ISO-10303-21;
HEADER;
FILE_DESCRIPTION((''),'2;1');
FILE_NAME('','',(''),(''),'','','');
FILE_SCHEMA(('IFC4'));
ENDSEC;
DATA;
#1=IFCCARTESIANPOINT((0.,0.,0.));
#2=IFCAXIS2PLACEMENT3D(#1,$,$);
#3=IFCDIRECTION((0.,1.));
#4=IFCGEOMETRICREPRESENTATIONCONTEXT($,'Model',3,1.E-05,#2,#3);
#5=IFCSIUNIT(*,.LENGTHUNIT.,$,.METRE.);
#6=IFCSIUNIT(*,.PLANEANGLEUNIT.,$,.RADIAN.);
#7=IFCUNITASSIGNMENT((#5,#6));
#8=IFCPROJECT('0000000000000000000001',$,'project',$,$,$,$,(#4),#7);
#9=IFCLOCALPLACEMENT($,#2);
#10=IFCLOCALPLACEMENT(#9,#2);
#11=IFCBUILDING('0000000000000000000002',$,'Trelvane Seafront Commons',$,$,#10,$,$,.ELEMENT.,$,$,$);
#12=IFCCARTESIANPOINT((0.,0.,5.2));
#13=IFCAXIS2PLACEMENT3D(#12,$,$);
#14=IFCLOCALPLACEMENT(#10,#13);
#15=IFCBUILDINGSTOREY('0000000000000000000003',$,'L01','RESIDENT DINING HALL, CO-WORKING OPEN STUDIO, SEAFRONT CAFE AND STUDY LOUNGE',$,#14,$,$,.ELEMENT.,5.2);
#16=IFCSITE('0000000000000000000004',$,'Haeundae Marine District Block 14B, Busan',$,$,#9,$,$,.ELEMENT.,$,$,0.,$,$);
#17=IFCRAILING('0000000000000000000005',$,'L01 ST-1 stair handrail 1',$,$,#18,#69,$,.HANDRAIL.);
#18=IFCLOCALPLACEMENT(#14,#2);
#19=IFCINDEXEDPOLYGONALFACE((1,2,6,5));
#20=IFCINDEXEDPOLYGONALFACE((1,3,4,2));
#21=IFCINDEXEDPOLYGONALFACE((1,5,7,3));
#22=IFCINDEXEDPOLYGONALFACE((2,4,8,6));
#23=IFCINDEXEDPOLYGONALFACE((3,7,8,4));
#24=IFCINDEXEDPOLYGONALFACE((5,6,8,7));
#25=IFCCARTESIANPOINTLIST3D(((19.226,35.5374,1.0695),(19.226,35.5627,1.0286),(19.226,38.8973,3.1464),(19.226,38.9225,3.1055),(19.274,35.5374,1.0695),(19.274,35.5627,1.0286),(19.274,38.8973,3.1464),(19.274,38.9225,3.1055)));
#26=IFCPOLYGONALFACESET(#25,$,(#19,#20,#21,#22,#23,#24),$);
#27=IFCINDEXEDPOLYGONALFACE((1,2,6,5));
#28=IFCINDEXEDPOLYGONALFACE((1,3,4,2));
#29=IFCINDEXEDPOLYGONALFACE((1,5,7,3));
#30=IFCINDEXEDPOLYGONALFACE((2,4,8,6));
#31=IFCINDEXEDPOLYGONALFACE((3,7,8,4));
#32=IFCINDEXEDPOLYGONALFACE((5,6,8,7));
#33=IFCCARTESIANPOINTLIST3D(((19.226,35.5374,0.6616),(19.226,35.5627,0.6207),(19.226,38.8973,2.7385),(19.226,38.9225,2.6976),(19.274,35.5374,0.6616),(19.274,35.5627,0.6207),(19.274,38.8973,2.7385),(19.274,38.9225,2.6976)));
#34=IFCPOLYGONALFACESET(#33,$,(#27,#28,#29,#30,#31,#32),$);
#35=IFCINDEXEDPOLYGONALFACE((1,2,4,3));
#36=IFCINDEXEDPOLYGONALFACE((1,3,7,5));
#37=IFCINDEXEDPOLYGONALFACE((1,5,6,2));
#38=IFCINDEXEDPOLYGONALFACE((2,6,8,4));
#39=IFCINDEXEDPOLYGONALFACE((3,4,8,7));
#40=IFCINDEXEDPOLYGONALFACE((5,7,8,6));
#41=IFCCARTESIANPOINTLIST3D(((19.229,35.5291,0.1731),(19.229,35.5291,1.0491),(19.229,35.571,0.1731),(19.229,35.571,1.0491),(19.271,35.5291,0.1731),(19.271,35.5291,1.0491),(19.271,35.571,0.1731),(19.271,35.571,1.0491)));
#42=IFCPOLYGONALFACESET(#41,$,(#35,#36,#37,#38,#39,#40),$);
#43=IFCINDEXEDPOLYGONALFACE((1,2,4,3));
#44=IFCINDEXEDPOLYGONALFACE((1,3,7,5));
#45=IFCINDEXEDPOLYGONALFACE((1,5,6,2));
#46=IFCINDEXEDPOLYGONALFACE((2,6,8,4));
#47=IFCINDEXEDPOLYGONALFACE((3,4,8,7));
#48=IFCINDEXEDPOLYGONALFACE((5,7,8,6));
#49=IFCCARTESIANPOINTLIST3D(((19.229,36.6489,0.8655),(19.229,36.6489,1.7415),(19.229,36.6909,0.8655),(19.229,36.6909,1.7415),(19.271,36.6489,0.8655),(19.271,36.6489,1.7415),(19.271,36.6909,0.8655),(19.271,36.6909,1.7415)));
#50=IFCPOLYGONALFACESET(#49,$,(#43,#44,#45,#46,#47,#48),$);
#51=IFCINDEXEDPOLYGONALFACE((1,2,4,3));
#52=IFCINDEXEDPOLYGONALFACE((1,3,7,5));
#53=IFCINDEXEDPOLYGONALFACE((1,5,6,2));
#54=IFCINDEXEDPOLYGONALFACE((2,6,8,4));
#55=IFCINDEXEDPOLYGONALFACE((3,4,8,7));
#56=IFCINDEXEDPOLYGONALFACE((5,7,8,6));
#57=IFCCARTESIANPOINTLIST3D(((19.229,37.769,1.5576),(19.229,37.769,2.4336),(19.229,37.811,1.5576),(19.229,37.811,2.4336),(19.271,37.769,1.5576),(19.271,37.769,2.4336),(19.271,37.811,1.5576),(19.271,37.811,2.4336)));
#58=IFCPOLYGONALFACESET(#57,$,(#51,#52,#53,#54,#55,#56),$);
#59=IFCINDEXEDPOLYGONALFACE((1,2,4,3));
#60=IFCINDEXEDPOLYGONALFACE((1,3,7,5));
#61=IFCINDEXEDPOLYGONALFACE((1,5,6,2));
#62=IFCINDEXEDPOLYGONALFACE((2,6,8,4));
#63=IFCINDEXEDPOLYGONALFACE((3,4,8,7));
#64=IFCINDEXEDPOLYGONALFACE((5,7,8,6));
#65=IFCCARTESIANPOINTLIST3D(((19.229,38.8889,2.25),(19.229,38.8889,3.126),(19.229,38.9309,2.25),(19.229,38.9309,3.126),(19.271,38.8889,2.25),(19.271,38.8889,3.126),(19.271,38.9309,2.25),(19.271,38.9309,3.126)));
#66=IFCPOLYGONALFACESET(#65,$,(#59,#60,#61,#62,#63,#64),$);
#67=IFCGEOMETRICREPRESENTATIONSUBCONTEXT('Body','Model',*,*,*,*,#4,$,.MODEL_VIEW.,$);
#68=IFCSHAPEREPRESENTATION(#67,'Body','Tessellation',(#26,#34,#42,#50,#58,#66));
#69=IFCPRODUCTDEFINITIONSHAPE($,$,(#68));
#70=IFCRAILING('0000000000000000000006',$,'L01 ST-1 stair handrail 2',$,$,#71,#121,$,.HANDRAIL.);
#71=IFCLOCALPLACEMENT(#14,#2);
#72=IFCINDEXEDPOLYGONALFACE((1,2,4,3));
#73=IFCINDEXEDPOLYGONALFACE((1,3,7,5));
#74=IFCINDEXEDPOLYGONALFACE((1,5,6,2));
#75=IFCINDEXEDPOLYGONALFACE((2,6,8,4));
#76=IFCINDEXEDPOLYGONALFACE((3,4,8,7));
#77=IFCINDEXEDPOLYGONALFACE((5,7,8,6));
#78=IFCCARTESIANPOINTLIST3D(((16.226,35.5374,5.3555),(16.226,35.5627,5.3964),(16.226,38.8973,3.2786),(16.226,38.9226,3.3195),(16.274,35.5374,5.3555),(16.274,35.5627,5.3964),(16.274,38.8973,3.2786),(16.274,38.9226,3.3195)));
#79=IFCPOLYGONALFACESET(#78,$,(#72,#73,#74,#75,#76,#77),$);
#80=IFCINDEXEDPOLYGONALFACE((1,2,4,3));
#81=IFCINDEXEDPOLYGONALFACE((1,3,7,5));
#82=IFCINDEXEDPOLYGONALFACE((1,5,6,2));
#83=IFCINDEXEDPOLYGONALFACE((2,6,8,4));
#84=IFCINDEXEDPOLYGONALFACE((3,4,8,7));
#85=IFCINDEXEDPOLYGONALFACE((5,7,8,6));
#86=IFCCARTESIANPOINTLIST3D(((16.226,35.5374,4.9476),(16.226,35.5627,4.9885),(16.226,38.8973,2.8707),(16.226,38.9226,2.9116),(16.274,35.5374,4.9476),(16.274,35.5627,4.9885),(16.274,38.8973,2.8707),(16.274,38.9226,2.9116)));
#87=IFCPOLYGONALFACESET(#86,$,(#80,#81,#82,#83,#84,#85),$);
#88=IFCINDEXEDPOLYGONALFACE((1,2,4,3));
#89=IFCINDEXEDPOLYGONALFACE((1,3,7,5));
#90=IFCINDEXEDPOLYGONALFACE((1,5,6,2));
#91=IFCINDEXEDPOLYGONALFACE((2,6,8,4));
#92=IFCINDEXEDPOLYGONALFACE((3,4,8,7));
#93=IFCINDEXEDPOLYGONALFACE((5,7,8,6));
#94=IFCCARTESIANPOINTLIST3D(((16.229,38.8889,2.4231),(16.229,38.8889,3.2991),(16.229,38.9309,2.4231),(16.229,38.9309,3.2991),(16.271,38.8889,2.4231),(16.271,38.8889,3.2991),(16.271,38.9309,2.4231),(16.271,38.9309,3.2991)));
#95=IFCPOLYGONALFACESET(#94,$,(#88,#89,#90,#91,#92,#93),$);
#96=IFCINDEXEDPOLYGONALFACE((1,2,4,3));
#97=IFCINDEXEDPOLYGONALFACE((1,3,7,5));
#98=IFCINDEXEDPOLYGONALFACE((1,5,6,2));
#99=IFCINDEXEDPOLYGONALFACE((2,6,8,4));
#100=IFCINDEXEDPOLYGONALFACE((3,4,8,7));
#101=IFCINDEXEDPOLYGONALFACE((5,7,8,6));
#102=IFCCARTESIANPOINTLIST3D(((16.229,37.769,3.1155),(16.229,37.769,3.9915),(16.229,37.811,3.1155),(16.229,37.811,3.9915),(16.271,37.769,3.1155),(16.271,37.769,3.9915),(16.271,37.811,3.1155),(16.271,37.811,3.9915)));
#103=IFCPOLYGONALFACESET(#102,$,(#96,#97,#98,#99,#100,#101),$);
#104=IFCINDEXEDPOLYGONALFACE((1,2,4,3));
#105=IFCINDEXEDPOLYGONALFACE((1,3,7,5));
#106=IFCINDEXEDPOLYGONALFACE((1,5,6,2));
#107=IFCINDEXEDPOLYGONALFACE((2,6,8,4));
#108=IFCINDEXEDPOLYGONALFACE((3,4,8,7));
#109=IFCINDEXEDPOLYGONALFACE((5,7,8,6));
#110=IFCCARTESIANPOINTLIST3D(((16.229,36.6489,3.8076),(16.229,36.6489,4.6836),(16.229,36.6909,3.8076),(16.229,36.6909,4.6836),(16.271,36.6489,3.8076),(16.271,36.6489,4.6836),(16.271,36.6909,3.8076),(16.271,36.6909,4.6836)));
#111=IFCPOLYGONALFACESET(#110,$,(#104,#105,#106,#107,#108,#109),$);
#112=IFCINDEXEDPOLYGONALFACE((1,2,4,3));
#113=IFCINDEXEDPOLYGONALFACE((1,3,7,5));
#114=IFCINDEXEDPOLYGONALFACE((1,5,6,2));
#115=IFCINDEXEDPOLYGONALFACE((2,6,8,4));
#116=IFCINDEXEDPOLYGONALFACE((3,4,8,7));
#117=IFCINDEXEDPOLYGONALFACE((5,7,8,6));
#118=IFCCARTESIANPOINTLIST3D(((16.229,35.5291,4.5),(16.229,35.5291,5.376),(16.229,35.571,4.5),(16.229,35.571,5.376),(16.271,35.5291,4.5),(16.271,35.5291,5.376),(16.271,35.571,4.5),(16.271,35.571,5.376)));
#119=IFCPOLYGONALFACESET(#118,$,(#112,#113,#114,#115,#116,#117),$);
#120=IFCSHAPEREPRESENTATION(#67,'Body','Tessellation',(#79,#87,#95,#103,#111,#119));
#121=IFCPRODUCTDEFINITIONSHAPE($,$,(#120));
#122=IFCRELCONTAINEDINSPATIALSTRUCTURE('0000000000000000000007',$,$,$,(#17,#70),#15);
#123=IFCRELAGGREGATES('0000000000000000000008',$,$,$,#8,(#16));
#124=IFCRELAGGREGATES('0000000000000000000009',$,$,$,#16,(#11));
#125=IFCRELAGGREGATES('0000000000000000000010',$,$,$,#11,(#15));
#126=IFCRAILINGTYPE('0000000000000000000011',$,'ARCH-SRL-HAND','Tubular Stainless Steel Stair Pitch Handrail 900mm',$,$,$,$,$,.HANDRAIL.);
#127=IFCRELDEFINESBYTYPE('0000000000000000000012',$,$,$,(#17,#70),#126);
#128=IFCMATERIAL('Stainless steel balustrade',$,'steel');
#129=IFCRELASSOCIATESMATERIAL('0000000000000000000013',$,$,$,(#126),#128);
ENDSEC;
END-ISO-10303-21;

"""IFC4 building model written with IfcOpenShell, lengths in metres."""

from ifc_helpers import new_model, si_unit, direction, frame, origin, origin_2d, place, context, subcontext, project, spatial, rectangle, extrude, material, type_object, element, save


model = new_model("IFC4")

# Units and contexts
model_context = context("Model", 3, precision=1e-05, world=origin(), true_north=direction((0.0, 1.0)))
body_context = subcontext(model_context, "Body", "Model", "MODEL_VIEW")
ifc_project = project(units=[si_unit("LENGTHUNIT", "METRE"), si_unit("PLANEANGLEUNIT", "RADIAN")], contexts=[model_context])

# Site, building, storey
site_placement = place(None, origin())
site = spatial("IfcSite", under=ifc_project, at=site_placement, Name="Haeundae Marine District Block 14B, Busan", CompositionType="ELEMENT", RefElevation=0.0)
building_placement = place(site_placement, origin())
building = spatial("IfcBuilding", under=site, at=building_placement, Name="Trelvane Seafront Commons", CompositionType="ELEMENT")
storey_placement = place(building_placement, frame((0.0, 0.0, 5.2)))
storey = spatial("IfcBuildingStorey", under=building, at=storey_placement, Name="L01", Description="RESIDENT DINING HALL, CO-WORKING OPEN STUDIO, SEAFRONT CAFE AND STUDY LOUNGE", CompositionType="ELEMENT", Elevation=5.2)

# Railings
ifc_material_1 = material(Name="Stainless steel balustrade", Category="steel")
railing_type_1 = type_object("IfcRailingType", Name="ARCH-SRL-HAND", Description="Tubular Stainless Steel Stair Pitch Handrail 900mm", PredefinedType="HANDRAIL", material=ifc_material_1)
railing_1_placement = place(storey_placement, frame((19.25, 35.55, 0.1731)))
element("IfcRailing", 1, at=railing_1_placement, inside=storey, type_object=railing_type_1, Name="L01 ST-1 stair handrail 1", PredefinedType="HANDRAIL", context=body_context, shape_type="SweptSolid", body=[
    extrude(rectangle(XDim=0.0481, YDim=0.0481, at=origin_2d()), frame((0.0, 0.0, 0.876), z_axis=(0.0, 0.850606, 0.525803), x_axis=(-1.0, 0.0, 0.0)), (0.0, 0.0, 1.0), 3.95),
    extrude(rectangle(XDim=0.0481, YDim=0.0481, at=origin_2d()), frame((0.0, 0.0, 0.468), z_axis=(0.0, 0.850606, 0.525803), x_axis=(-1.0, 0.0, 0.0)), (0.0, 0.0, 1.0), 3.95),
    extrude(rectangle(XDim=0.042, YDim=0.042, at=origin_2d()), origin(), (0.0, 0.0, 1.0), 0.876),
    extrude(rectangle(XDim=0.042, YDim=0.042, at=origin_2d()), frame((0.0, 1.1199, 0.6924)), (0.0, 0.0, 1.0), 0.876),
    extrude(rectangle(XDim=0.042, YDim=0.042, at=origin_2d()), frame((0.0, 2.24, 1.3845)), (0.0, 0.0, 1.0), 0.876),
    extrude(rectangle(XDim=0.042, YDim=0.042, at=origin_2d()), frame((0.0, 3.3599, 2.0769)), (0.0, 0.0, 1.0), 0.876),
])
railing_2_placement = place(storey_placement, frame((16.25, 38.9099, 2.4231)))
element("IfcRailing", 2, at=railing_2_placement, inside=storey, type_object=railing_type_1, Name="L01 ST-1 stair handrail 2", PredefinedType="HANDRAIL", context=body_context, shape_type="SweptSolid", body=[
    extrude(rectangle(XDim=0.0481, YDim=0.0481, at=origin_2d()), frame((0.0, 0.0, 0.876), z_axis=(0.0, -0.850606, 0.525803), x_axis=(1.0, 0.0, 0.0)), (0.0, 0.0, 1.0), 3.95),
    extrude(rectangle(XDim=0.0481, YDim=0.0481, at=origin_2d()), frame((0.0, 0.0, 0.468), z_axis=(0.0, -0.850606, 0.525803), x_axis=(1.0, 0.0, 0.0)), (0.0, 0.0, 1.0), 3.95),
    extrude(rectangle(XDim=0.042, YDim=0.042, at=origin_2d()), origin(), (0.0, 0.0, 1.0), 0.876),
    extrude(rectangle(XDim=0.042, YDim=0.042, at=origin_2d()), frame((0.0, -1.1199, 0.6924)), (0.0, 0.0, 1.0), 0.876),
    extrude(rectangle(XDim=0.042, YDim=0.042, at=origin_2d()), frame((0.0, -2.24, 1.3845)), (0.0, 0.0, 1.0), 0.876),
    extrude(rectangle(XDim=0.042, YDim=0.042, at=origin_2d()), frame((0.0, -3.3599, 2.0769)), (0.0, 0.0, 1.0), 0.876),
])

save(model, "model.ifc")
